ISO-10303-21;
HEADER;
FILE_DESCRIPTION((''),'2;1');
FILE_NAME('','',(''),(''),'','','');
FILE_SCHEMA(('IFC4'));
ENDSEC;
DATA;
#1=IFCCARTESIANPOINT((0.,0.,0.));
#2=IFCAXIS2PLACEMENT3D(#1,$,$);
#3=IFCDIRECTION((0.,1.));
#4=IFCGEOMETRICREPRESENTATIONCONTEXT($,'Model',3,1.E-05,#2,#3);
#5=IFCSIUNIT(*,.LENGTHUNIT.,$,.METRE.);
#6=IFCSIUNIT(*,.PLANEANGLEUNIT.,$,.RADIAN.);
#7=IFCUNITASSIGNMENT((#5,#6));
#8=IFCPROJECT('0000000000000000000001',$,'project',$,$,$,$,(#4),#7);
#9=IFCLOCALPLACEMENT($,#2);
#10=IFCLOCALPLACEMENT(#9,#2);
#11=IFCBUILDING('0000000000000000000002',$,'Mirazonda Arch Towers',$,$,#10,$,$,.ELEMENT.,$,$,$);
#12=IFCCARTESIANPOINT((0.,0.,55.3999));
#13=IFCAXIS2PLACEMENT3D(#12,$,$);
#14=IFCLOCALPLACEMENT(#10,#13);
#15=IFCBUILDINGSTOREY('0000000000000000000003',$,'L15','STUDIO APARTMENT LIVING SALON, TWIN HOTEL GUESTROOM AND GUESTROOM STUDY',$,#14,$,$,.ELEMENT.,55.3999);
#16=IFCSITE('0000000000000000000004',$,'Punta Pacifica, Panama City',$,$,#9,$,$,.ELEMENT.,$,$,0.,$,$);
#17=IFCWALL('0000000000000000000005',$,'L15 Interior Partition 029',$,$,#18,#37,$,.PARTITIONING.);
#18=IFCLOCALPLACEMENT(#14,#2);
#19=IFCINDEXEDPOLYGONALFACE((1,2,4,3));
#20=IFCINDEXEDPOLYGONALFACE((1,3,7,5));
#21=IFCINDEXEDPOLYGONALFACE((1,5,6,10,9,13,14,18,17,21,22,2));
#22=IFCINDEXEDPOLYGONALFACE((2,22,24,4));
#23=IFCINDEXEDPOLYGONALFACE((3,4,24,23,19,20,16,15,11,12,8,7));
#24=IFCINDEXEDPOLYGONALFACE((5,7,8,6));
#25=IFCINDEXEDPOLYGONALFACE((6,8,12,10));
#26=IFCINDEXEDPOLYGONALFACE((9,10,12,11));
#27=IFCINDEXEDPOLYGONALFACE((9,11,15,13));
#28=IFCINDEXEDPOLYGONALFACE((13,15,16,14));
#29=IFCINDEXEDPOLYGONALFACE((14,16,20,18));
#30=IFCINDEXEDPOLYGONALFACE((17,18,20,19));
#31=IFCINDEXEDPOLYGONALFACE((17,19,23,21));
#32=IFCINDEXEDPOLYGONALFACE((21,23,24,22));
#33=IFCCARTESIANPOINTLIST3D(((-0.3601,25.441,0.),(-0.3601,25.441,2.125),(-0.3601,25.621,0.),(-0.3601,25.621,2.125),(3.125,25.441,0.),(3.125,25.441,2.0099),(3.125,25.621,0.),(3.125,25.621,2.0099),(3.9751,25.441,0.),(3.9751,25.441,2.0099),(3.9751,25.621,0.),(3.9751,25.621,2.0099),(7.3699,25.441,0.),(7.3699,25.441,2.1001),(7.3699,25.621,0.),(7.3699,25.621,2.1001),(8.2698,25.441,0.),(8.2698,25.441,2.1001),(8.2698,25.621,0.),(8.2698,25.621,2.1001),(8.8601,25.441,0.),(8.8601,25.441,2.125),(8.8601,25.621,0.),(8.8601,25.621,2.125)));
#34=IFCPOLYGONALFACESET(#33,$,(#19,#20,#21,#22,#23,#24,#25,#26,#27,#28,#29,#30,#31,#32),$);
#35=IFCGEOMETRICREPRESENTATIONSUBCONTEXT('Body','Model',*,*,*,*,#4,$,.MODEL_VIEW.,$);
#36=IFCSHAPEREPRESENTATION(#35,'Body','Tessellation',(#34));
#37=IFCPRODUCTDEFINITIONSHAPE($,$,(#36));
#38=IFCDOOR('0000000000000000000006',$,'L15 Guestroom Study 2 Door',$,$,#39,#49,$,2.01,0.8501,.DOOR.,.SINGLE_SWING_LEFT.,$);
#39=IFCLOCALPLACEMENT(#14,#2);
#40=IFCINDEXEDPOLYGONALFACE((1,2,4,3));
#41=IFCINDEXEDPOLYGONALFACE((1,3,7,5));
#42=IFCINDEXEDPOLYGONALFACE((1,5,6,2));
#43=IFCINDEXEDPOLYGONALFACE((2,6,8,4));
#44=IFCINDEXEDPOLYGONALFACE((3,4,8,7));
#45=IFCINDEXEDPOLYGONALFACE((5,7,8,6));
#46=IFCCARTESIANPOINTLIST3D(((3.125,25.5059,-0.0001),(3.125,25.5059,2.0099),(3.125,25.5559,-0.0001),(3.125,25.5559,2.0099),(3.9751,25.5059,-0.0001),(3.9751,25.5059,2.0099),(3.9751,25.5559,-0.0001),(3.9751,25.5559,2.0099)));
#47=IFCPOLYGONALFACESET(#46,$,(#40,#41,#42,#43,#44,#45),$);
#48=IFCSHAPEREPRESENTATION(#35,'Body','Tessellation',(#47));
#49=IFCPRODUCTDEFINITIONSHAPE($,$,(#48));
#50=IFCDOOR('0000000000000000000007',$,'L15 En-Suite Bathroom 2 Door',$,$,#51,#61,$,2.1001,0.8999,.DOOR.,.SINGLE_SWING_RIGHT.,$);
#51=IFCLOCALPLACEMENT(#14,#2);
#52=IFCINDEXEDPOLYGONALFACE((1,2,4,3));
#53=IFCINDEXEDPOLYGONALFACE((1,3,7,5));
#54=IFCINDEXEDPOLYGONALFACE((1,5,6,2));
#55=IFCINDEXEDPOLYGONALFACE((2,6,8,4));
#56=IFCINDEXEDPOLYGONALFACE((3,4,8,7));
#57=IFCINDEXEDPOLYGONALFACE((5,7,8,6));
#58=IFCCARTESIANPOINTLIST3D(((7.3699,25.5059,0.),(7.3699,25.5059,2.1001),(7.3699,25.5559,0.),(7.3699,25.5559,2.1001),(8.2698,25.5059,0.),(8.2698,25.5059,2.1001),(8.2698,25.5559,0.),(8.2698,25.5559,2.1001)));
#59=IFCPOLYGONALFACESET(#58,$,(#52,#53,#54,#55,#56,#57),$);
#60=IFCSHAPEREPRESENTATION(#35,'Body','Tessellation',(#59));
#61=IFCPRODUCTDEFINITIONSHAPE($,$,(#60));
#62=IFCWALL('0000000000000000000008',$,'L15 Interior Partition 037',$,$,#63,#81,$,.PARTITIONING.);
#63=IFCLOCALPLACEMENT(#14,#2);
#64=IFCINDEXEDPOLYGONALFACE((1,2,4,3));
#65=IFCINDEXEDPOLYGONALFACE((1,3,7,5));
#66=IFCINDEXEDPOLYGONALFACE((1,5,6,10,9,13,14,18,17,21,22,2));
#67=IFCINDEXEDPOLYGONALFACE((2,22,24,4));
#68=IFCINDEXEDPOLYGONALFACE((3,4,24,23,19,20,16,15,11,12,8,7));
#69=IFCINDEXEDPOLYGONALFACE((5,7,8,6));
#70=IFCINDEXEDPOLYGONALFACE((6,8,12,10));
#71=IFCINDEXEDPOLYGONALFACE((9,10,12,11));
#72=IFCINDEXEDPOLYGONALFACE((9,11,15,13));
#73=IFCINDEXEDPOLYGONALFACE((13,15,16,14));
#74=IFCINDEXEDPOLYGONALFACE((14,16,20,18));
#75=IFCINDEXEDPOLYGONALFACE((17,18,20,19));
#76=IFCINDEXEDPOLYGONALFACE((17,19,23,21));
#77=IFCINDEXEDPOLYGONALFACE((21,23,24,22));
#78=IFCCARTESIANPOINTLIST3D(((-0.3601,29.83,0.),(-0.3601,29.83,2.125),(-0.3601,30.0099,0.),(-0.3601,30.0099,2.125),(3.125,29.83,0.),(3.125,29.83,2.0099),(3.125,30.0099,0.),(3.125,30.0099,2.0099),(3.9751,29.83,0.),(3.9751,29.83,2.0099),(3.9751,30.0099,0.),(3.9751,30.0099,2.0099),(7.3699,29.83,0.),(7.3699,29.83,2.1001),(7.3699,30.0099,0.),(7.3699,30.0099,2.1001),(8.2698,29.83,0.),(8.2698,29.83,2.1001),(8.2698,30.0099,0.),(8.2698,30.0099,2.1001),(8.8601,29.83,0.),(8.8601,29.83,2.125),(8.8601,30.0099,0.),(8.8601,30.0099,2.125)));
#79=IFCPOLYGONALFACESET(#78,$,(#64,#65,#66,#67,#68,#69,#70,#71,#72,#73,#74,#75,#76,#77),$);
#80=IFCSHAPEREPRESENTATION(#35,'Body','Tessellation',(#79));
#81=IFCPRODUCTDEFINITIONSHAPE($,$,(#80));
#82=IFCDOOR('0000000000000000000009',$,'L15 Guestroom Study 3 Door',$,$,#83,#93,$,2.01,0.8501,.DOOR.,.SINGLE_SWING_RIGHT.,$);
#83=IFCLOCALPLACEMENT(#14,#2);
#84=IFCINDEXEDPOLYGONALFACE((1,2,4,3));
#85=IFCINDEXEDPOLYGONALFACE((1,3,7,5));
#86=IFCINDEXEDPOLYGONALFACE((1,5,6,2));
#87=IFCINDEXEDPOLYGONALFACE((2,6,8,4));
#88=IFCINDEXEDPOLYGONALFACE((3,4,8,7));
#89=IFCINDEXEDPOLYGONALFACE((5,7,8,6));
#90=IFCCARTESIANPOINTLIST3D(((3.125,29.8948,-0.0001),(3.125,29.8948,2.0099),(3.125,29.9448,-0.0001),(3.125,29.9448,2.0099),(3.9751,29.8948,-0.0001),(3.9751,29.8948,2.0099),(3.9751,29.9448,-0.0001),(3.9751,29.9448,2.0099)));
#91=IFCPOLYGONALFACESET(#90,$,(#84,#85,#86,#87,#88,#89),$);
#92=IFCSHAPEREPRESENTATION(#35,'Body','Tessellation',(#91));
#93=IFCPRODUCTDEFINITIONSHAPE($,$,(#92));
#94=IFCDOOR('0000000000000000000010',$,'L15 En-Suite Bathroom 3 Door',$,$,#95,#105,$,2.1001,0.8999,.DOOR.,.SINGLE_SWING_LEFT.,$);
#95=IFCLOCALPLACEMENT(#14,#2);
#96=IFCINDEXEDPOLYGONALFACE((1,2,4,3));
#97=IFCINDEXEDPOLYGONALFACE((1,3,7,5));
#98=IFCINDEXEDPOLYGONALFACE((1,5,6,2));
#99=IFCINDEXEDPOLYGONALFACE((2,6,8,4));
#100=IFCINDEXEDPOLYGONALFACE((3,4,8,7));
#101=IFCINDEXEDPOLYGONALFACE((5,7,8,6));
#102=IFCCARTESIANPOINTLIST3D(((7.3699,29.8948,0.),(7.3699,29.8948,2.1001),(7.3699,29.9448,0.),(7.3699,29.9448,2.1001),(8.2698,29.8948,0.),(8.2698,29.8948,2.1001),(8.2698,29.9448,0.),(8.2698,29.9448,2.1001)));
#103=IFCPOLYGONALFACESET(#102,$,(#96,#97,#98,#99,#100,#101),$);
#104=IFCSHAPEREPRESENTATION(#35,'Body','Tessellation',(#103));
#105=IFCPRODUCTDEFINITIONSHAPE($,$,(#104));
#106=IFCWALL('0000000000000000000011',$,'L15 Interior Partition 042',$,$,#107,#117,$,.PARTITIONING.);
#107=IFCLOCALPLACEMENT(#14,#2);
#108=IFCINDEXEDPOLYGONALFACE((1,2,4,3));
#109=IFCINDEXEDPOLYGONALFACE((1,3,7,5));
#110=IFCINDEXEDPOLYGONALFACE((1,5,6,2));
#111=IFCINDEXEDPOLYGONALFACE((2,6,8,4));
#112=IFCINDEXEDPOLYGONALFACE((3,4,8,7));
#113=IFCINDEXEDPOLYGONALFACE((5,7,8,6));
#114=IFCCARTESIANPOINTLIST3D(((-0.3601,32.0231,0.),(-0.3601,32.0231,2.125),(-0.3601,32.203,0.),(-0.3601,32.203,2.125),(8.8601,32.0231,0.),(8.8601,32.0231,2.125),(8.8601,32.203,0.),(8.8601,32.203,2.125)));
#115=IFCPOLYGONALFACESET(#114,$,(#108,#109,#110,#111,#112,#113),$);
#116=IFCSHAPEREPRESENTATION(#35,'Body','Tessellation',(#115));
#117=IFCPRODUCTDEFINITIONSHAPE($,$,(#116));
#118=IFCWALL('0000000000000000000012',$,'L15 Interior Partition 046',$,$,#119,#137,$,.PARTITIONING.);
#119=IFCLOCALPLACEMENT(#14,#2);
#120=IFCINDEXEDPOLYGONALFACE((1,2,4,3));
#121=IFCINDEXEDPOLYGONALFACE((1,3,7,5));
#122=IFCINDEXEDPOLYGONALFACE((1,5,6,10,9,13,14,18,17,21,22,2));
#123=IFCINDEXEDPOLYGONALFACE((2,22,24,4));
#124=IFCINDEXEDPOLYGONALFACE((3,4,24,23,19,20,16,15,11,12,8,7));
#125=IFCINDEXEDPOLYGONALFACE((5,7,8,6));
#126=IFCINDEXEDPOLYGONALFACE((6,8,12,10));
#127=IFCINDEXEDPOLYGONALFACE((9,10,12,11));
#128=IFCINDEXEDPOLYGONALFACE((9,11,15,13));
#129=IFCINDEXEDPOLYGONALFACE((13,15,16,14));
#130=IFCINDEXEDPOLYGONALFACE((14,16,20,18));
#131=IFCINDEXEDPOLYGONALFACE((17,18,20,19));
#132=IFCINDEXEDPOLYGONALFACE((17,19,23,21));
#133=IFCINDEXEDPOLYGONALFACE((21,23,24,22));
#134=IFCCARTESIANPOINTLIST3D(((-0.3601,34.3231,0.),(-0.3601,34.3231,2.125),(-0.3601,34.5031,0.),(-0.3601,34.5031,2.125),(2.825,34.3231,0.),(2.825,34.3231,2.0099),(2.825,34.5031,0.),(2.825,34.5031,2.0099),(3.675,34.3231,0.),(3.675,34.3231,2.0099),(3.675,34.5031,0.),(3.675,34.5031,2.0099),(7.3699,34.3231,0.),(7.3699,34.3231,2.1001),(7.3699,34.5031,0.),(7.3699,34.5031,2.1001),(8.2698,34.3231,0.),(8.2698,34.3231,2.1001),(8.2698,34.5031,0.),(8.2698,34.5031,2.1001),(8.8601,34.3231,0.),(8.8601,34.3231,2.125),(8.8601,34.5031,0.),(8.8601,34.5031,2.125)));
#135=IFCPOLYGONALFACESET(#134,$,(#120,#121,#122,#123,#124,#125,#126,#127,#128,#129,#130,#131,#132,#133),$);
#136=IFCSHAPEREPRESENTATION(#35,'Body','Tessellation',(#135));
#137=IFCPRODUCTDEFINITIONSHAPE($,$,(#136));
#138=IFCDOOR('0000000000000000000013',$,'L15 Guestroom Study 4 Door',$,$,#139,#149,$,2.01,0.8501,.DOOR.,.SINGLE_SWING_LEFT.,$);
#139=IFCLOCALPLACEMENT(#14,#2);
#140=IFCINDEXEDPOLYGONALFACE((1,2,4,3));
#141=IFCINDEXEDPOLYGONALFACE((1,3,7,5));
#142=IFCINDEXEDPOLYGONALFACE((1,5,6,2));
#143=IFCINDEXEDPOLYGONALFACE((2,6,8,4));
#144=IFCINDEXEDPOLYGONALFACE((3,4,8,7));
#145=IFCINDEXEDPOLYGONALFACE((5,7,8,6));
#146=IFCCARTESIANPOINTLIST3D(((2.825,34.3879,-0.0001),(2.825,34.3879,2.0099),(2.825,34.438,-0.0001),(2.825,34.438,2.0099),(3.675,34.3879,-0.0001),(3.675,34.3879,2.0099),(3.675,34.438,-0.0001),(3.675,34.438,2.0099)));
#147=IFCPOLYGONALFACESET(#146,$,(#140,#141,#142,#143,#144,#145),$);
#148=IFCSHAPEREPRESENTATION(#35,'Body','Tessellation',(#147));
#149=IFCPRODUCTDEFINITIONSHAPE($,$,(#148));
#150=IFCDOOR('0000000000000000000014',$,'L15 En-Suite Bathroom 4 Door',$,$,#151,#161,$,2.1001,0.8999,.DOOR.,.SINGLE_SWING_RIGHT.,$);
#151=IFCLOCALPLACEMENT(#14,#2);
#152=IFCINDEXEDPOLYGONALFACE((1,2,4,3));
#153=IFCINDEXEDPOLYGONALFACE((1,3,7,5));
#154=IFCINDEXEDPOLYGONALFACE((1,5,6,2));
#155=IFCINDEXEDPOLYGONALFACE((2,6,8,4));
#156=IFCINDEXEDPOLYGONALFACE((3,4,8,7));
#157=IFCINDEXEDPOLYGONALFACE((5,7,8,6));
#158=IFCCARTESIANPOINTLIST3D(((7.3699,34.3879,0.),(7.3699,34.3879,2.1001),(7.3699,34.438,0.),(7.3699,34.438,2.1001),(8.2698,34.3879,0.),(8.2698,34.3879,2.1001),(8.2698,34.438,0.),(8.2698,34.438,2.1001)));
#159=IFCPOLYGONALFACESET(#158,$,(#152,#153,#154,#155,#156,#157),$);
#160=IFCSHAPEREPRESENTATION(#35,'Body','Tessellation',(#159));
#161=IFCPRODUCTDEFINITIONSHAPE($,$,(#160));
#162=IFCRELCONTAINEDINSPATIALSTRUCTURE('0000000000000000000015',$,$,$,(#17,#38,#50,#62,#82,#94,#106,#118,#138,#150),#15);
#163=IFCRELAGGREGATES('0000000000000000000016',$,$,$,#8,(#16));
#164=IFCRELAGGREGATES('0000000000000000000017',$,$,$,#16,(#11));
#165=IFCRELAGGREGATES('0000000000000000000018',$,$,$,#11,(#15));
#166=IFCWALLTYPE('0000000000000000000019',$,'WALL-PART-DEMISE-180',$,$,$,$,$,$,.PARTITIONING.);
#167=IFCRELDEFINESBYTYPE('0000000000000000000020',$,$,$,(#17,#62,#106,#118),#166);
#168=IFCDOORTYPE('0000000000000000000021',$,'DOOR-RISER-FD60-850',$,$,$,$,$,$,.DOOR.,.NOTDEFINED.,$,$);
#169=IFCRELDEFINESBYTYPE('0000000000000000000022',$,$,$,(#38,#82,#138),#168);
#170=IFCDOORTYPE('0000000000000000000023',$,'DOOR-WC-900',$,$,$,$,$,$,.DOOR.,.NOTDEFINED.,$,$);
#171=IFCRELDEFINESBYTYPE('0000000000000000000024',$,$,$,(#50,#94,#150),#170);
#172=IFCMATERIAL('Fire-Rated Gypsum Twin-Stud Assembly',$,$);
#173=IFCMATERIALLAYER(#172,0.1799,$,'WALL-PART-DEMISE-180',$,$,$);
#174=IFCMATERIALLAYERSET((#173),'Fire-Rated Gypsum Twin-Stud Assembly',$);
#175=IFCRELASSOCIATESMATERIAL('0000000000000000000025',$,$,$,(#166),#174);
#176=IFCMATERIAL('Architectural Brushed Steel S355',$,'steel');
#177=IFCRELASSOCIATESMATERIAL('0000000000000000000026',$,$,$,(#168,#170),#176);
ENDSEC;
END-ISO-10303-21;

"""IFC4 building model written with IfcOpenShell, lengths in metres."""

from ifc_helpers import new_model, si_unit, direction, frame, frame_2d, origin, place, context, subcontext, project, spatial, rectangle, extrude, material, layer, layer_set, type_object, element, fill, save


model = new_model("IFC4")

# Units and contexts
model_context = context("Model", 3, precision=1e-05, world=origin(), true_north=direction((0.0, 1.0)))
body_context = subcontext(model_context, "Body", "Model", "MODEL_VIEW")
ifc_project = project(units=[si_unit("LENGTHUNIT", "METRE"), si_unit("PLANEANGLEUNIT", "RADIAN")], contexts=[model_context])

# Site, building, storey
site_placement = place(None, origin())
site = spatial("IfcSite", under=ifc_project, at=site_placement, Name="Punta Pacifica, Panama City", CompositionType="ELEMENT", RefElevation=0.0)
building_placement = place(site_placement, origin())
building = spatial("IfcBuilding", under=site, at=building_placement, Name="Mirazonda Arch Towers", CompositionType="ELEMENT")
storey_placement = place(building_placement, frame((0.0, 0.0, 55.3999)))
storey = spatial("IfcBuildingStorey", under=building, at=storey_placement, Name="L15", Description="STUDIO APARTMENT LIVING SALON, TWIN HOTEL GUESTROOM AND GUESTROOM STUDY", CompositionType="ELEMENT", Elevation=55.3999)

# Walls, openings, doors
ifc_material_1 = material(Name="Fire-Rated Gypsum Twin-Stud Assembly")
ifc_layer_1 = layer(ifc_material_1, 0.1799, Name="WALL-PART-DEMISE-180")
ifc_layer_set_1 = layer_set([ifc_layer_1], Name="Fire-Rated Gypsum Twin-Stud Assembly")
wall_type_1 = type_object("IfcWallType", Name="WALL-PART-DEMISE-180", PredefinedType="PARTITIONING", material=ifc_layer_set_1)
wall_1_placement = place(storey_placement, frame((-0.3601, 25.531, 0.0), z_axis=(0.0, 0.0, 1.0), x_axis=(1.0, 0.0, 0.0)))
wall_1 = element("IfcWall", 1, at=wall_1_placement, inside=storey, type_object=wall_type_1, Name="L15 Interior Partition 029", PredefinedType="PARTITIONING", context=body_context, shape_type="SweptSolid", body=[
    extrude(rectangle(XDim=9.2202, YDim=0.1799, at=frame_2d((4.6101, 0.0))), origin(), (0.0, 0.0, 1.0), 2.125),
])
opening_1_placement = place(wall_1_placement, frame((3.4851, 0.0, 0.0)))
opening_1 = element("IfcOpeningElement", 2, at=opening_1_placement, cuts=wall_1, PredefinedType="OPENING", context=body_context, shape_type="SweptSolid", body=[
    extrude(rectangle(XDim=0.8501, YDim=2.01, at=frame_2d((0.425, 1.0049))), frame((0.0, 0.0999, 0.0), z_axis=(0.0, -1.0, 0.0), x_axis=(1.0, 0.0, 0.0)), (0.0, 0.0, 1.0), 0.2),
])
opening_2_placement = place(wall_1_placement, frame((7.73, 0.0, 0.0)))
opening_2 = element("IfcOpeningElement", 3, at=opening_2_placement, cuts=wall_1, PredefinedType="OPENING", context=body_context, shape_type="SweptSolid", body=[
    extrude(rectangle(XDim=0.8999, YDim=2.1001, at=frame_2d((0.45, 1.05))), frame((0.0, 0.0999, 0.0), z_axis=(0.0, -1.0, 0.0), x_axis=(1.0, 0.0, 0.0)), (0.0, 0.0, 1.0), 0.2),
])
ifc_material_2 = material(Name="Architectural Brushed Steel S355", Category="steel")
door_type_1 = type_object("IfcDoorType", Name="DOOR-RISER-FD60-850", OperationType="NOTDEFINED", PredefinedType="DOOR", material=ifc_material_2)
door_1_placement = place(opening_1_placement, origin())
door_1 = element("IfcDoor", 4, at=door_1_placement, inside=storey, type_object=door_type_1, Name="L15 Guestroom Study 2 Door", OperationType="SINGLE_SWING_LEFT", OverallHeight=2.01, OverallWidth=0.8501, PredefinedType="DOOR", context=body_context, shape_type="SweptSolid", body=[
    extrude(rectangle(XDim=0.8501, YDim=2.01, at=frame_2d((0.425, 1.0049))), frame((0.0, 0.0249, 0.0), z_axis=(0.0, -1.0, 0.0), x_axis=(1.0, 0.0, 0.0)), (0.0, 0.0, 1.0), 0.05),
])
fill(opening_1, door_1)
door_type_2 = type_object("IfcDoorType", Name="DOOR-WC-900", OperationType="NOTDEFINED", PredefinedType="DOOR", material=ifc_material_2)
door_2_placement = place(opening_2_placement, origin())
door_2 = element("IfcDoor", 5, at=door_2_placement, inside=storey, type_object=door_type_2, Name="L15 En-Suite Bathroom 2 Door", OperationType="SINGLE_SWING_RIGHT", OverallHeight=2.1001, OverallWidth=0.8999, PredefinedType="DOOR", context=body_context, shape_type="SweptSolid", body=[
    extrude(rectangle(XDim=0.8999, YDim=2.1001, at=frame_2d((0.45, 1.05))), frame((0.0, 0.0249, 0.0), z_axis=(0.0, -1.0, 0.0), x_axis=(1.0, 0.0, 0.0)), (0.0, 0.0, 1.0), 0.05),
])
fill(opening_2, door_2)
wall_2_placement = place(storey_placement, frame((-0.3601, 29.9199, 0.0), z_axis=(0.0, 0.0, 1.0), x_axis=(1.0, 0.0, 0.0)))
wall_2 = element("IfcWall", 6, at=wall_2_placement, inside=storey, type_object=wall_type_1, Name="L15 Interior Partition 037", PredefinedType="PARTITIONING", context=body_context, shape_type="SweptSolid", body=[
    extrude(rectangle(XDim=9.2202, YDim=0.1799, at=frame_2d((4.6101, 0.0))), origin(), (0.0, 0.0, 1.0), 2.125),
])
opening_3_placement = place(wall_2_placement, frame((3.4851, 0.0, 0.0)))
opening_3 = element("IfcOpeningElement", 7, at=opening_3_placement, cuts=wall_2, PredefinedType="OPENING", context=body_context, shape_type="SweptSolid", body=[
    extrude(rectangle(XDim=0.8501, YDim=2.01, at=frame_2d((0.425, 1.0049))), frame((0.0, 0.0999, 0.0), z_axis=(0.0, -1.0, 0.0), x_axis=(1.0, 0.0, 0.0)), (0.0, 0.0, 1.0), 0.2),
])
opening_4_placement = place(wall_2_placement, frame((7.73, 0.0, 0.0)))
opening_4 = element("IfcOpeningElement", 8, at=opening_4_placement, cuts=wall_2, PredefinedType="OPENING", context=body_context, shape_type="SweptSolid", body=[
    extrude(rectangle(XDim=0.8999, YDim=2.1001, at=frame_2d((0.45, 1.05))), frame((0.0, 0.0999, 0.0), z_axis=(0.0, -1.0, 0.0), x_axis=(1.0, 0.0, 0.0)), (0.0, 0.0, 1.0), 0.2),
])
door_3_placement = place(opening_3_placement, origin())
door_3 = element("IfcDoor", 9, at=door_3_placement, inside=storey, type_object=door_type_1, Name="L15 Guestroom Study 3 Door", OperationType="SINGLE_SWING_RIGHT", OverallHeight=2.01, OverallWidth=0.8501, PredefinedType="DOOR", context=body_context, shape_type="SweptSolid", body=[
    extrude(rectangle(XDim=0.8501, YDim=2.01, at=frame_2d((0.425, 1.0049))), frame((0.0, 0.0249, 0.0), z_axis=(0.0, -1.0, 0.0), x_axis=(1.0, 0.0, 0.0)), (0.0, 0.0, 1.0), 0.05),
])
fill(opening_3, door_3)
door_4_placement = place(opening_4_placement, origin())
door_4 = element("IfcDoor", 10, at=door_4_placement, inside=storey, type_object=door_type_2, Name="L15 En-Suite Bathroom 3 Door", OperationType="SINGLE_SWING_LEFT", OverallHeight=2.1001, OverallWidth=0.8999, PredefinedType="DOOR", context=body_context, shape_type="SweptSolid", body=[
    extrude(rectangle(XDim=0.8999, YDim=2.1001, at=frame_2d((0.45, 1.05))), frame((0.0, 0.0249, 0.0), z_axis=(0.0, -1.0, 0.0), x_axis=(1.0, 0.0, 0.0)), (0.0, 0.0, 1.0), 0.05),
])
fill(opening_4, door_4)

# Wall
wall_3_placement = place(storey_placement, frame((-0.3601, 32.113, 0.0), z_axis=(0.0, 0.0, 1.0), x_axis=(1.0, 0.0, 0.0)))
element("IfcWall", 11, at=wall_3_placement, inside=storey, type_object=wall_type_1, Name="L15 Interior Partition 042", PredefinedType="PARTITIONING", context=body_context, shape_type="SweptSolid", body=[
    extrude(rectangle(XDim=9.2202, YDim=0.1799, at=frame_2d((4.6101, 0.0))), origin(), (0.0, 0.0, 1.0), 2.125),
])

# Wall, openings, doors
wall_4_placement = place(storey_placement, frame((-0.3601, 34.4131, 0.0), z_axis=(0.0, 0.0, 1.0), x_axis=(1.0, 0.0, 0.0)))
wall_4 = element("IfcWall", 12, at=wall_4_placement, inside=storey, type_object=wall_type_1, Name="L15 Interior Partition 046", PredefinedType="PARTITIONING", context=body_context, shape_type="SweptSolid", body=[
    extrude(rectangle(XDim=9.2202, YDim=0.1799, at=frame_2d((4.6101, 0.0))), origin(), (0.0, 0.0, 1.0), 2.125),
])
opening_5_placement = place(wall_4_placement, frame((3.1851, 0.0, 0.0)))
opening_5 = element("IfcOpeningElement", 13, at=opening_5_placement, cuts=wall_4, PredefinedType="OPENING", context=body_context, shape_type="SweptSolid", body=[
    extrude(rectangle(XDim=0.8501, YDim=2.01, at=frame_2d((0.425, 1.0049))), frame((0.0, 0.0999, 0.0), z_axis=(0.0, -1.0, 0.0), x_axis=(1.0, 0.0, 0.0)), (0.0, 0.0, 1.0), 0.2),
])
opening_6_placement = place(wall_4_placement, frame((7.73, 0.0, 0.0)))
opening_6 = element("IfcOpeningElement", 14, at=opening_6_placement, cuts=wall_4, PredefinedType="OPENING", context=body_context, shape_type="SweptSolid", body=[
    extrude(rectangle(XDim=0.8999, YDim=2.1001, at=frame_2d((0.45, 1.05))), frame((0.0, 0.0999, 0.0), z_axis=(0.0, -1.0, 0.0), x_axis=(1.0, 0.0, 0.0)), (0.0, 0.0, 1.0), 0.2),
])
door_5_placement = place(opening_5_placement, origin())
door_5 = element("IfcDoor", 15, at=door_5_placement, inside=storey, type_object=door_type_1, Name="L15 Guestroom Study 4 Door", OperationType="SINGLE_SWING_LEFT", OverallHeight=2.01, OverallWidth=0.8501, PredefinedType="DOOR", context=body_context, shape_type="SweptSolid", body=[
    extrude(rectangle(XDim=0.8501, YDim=2.01, at=frame_2d((0.425, 1.0049))), frame((0.0, 0.0249, 0.0), z_axis=(0.0, -1.0, 0.0), x_axis=(1.0, 0.0, 0.0)), (0.0, 0.0, 1.0), 0.05),
])
fill(opening_5, door_5)
door_6_placement = place(opening_6_placement, origin())
door_6 = element("IfcDoor", 16, at=door_6_placement, inside=storey, type_object=door_type_2, Name="L15 En-Suite Bathroom 4 Door", OperationType="SINGLE_SWING_RIGHT", OverallHeight=2.1001, OverallWidth=0.8999, PredefinedType="DOOR", context=body_context, shape_type="SweptSolid", body=[
    extrude(rectangle(XDim=0.8999, YDim=2.1001, at=frame_2d((0.45, 1.05))), frame((0.0, 0.0249, 0.0), z_axis=(0.0, -1.0, 0.0), x_axis=(1.0, 0.0, 0.0)), (0.0, 0.0, 1.0), 0.05),
])
fill(opening_6, door_6)

save(model, "model.ifc")
